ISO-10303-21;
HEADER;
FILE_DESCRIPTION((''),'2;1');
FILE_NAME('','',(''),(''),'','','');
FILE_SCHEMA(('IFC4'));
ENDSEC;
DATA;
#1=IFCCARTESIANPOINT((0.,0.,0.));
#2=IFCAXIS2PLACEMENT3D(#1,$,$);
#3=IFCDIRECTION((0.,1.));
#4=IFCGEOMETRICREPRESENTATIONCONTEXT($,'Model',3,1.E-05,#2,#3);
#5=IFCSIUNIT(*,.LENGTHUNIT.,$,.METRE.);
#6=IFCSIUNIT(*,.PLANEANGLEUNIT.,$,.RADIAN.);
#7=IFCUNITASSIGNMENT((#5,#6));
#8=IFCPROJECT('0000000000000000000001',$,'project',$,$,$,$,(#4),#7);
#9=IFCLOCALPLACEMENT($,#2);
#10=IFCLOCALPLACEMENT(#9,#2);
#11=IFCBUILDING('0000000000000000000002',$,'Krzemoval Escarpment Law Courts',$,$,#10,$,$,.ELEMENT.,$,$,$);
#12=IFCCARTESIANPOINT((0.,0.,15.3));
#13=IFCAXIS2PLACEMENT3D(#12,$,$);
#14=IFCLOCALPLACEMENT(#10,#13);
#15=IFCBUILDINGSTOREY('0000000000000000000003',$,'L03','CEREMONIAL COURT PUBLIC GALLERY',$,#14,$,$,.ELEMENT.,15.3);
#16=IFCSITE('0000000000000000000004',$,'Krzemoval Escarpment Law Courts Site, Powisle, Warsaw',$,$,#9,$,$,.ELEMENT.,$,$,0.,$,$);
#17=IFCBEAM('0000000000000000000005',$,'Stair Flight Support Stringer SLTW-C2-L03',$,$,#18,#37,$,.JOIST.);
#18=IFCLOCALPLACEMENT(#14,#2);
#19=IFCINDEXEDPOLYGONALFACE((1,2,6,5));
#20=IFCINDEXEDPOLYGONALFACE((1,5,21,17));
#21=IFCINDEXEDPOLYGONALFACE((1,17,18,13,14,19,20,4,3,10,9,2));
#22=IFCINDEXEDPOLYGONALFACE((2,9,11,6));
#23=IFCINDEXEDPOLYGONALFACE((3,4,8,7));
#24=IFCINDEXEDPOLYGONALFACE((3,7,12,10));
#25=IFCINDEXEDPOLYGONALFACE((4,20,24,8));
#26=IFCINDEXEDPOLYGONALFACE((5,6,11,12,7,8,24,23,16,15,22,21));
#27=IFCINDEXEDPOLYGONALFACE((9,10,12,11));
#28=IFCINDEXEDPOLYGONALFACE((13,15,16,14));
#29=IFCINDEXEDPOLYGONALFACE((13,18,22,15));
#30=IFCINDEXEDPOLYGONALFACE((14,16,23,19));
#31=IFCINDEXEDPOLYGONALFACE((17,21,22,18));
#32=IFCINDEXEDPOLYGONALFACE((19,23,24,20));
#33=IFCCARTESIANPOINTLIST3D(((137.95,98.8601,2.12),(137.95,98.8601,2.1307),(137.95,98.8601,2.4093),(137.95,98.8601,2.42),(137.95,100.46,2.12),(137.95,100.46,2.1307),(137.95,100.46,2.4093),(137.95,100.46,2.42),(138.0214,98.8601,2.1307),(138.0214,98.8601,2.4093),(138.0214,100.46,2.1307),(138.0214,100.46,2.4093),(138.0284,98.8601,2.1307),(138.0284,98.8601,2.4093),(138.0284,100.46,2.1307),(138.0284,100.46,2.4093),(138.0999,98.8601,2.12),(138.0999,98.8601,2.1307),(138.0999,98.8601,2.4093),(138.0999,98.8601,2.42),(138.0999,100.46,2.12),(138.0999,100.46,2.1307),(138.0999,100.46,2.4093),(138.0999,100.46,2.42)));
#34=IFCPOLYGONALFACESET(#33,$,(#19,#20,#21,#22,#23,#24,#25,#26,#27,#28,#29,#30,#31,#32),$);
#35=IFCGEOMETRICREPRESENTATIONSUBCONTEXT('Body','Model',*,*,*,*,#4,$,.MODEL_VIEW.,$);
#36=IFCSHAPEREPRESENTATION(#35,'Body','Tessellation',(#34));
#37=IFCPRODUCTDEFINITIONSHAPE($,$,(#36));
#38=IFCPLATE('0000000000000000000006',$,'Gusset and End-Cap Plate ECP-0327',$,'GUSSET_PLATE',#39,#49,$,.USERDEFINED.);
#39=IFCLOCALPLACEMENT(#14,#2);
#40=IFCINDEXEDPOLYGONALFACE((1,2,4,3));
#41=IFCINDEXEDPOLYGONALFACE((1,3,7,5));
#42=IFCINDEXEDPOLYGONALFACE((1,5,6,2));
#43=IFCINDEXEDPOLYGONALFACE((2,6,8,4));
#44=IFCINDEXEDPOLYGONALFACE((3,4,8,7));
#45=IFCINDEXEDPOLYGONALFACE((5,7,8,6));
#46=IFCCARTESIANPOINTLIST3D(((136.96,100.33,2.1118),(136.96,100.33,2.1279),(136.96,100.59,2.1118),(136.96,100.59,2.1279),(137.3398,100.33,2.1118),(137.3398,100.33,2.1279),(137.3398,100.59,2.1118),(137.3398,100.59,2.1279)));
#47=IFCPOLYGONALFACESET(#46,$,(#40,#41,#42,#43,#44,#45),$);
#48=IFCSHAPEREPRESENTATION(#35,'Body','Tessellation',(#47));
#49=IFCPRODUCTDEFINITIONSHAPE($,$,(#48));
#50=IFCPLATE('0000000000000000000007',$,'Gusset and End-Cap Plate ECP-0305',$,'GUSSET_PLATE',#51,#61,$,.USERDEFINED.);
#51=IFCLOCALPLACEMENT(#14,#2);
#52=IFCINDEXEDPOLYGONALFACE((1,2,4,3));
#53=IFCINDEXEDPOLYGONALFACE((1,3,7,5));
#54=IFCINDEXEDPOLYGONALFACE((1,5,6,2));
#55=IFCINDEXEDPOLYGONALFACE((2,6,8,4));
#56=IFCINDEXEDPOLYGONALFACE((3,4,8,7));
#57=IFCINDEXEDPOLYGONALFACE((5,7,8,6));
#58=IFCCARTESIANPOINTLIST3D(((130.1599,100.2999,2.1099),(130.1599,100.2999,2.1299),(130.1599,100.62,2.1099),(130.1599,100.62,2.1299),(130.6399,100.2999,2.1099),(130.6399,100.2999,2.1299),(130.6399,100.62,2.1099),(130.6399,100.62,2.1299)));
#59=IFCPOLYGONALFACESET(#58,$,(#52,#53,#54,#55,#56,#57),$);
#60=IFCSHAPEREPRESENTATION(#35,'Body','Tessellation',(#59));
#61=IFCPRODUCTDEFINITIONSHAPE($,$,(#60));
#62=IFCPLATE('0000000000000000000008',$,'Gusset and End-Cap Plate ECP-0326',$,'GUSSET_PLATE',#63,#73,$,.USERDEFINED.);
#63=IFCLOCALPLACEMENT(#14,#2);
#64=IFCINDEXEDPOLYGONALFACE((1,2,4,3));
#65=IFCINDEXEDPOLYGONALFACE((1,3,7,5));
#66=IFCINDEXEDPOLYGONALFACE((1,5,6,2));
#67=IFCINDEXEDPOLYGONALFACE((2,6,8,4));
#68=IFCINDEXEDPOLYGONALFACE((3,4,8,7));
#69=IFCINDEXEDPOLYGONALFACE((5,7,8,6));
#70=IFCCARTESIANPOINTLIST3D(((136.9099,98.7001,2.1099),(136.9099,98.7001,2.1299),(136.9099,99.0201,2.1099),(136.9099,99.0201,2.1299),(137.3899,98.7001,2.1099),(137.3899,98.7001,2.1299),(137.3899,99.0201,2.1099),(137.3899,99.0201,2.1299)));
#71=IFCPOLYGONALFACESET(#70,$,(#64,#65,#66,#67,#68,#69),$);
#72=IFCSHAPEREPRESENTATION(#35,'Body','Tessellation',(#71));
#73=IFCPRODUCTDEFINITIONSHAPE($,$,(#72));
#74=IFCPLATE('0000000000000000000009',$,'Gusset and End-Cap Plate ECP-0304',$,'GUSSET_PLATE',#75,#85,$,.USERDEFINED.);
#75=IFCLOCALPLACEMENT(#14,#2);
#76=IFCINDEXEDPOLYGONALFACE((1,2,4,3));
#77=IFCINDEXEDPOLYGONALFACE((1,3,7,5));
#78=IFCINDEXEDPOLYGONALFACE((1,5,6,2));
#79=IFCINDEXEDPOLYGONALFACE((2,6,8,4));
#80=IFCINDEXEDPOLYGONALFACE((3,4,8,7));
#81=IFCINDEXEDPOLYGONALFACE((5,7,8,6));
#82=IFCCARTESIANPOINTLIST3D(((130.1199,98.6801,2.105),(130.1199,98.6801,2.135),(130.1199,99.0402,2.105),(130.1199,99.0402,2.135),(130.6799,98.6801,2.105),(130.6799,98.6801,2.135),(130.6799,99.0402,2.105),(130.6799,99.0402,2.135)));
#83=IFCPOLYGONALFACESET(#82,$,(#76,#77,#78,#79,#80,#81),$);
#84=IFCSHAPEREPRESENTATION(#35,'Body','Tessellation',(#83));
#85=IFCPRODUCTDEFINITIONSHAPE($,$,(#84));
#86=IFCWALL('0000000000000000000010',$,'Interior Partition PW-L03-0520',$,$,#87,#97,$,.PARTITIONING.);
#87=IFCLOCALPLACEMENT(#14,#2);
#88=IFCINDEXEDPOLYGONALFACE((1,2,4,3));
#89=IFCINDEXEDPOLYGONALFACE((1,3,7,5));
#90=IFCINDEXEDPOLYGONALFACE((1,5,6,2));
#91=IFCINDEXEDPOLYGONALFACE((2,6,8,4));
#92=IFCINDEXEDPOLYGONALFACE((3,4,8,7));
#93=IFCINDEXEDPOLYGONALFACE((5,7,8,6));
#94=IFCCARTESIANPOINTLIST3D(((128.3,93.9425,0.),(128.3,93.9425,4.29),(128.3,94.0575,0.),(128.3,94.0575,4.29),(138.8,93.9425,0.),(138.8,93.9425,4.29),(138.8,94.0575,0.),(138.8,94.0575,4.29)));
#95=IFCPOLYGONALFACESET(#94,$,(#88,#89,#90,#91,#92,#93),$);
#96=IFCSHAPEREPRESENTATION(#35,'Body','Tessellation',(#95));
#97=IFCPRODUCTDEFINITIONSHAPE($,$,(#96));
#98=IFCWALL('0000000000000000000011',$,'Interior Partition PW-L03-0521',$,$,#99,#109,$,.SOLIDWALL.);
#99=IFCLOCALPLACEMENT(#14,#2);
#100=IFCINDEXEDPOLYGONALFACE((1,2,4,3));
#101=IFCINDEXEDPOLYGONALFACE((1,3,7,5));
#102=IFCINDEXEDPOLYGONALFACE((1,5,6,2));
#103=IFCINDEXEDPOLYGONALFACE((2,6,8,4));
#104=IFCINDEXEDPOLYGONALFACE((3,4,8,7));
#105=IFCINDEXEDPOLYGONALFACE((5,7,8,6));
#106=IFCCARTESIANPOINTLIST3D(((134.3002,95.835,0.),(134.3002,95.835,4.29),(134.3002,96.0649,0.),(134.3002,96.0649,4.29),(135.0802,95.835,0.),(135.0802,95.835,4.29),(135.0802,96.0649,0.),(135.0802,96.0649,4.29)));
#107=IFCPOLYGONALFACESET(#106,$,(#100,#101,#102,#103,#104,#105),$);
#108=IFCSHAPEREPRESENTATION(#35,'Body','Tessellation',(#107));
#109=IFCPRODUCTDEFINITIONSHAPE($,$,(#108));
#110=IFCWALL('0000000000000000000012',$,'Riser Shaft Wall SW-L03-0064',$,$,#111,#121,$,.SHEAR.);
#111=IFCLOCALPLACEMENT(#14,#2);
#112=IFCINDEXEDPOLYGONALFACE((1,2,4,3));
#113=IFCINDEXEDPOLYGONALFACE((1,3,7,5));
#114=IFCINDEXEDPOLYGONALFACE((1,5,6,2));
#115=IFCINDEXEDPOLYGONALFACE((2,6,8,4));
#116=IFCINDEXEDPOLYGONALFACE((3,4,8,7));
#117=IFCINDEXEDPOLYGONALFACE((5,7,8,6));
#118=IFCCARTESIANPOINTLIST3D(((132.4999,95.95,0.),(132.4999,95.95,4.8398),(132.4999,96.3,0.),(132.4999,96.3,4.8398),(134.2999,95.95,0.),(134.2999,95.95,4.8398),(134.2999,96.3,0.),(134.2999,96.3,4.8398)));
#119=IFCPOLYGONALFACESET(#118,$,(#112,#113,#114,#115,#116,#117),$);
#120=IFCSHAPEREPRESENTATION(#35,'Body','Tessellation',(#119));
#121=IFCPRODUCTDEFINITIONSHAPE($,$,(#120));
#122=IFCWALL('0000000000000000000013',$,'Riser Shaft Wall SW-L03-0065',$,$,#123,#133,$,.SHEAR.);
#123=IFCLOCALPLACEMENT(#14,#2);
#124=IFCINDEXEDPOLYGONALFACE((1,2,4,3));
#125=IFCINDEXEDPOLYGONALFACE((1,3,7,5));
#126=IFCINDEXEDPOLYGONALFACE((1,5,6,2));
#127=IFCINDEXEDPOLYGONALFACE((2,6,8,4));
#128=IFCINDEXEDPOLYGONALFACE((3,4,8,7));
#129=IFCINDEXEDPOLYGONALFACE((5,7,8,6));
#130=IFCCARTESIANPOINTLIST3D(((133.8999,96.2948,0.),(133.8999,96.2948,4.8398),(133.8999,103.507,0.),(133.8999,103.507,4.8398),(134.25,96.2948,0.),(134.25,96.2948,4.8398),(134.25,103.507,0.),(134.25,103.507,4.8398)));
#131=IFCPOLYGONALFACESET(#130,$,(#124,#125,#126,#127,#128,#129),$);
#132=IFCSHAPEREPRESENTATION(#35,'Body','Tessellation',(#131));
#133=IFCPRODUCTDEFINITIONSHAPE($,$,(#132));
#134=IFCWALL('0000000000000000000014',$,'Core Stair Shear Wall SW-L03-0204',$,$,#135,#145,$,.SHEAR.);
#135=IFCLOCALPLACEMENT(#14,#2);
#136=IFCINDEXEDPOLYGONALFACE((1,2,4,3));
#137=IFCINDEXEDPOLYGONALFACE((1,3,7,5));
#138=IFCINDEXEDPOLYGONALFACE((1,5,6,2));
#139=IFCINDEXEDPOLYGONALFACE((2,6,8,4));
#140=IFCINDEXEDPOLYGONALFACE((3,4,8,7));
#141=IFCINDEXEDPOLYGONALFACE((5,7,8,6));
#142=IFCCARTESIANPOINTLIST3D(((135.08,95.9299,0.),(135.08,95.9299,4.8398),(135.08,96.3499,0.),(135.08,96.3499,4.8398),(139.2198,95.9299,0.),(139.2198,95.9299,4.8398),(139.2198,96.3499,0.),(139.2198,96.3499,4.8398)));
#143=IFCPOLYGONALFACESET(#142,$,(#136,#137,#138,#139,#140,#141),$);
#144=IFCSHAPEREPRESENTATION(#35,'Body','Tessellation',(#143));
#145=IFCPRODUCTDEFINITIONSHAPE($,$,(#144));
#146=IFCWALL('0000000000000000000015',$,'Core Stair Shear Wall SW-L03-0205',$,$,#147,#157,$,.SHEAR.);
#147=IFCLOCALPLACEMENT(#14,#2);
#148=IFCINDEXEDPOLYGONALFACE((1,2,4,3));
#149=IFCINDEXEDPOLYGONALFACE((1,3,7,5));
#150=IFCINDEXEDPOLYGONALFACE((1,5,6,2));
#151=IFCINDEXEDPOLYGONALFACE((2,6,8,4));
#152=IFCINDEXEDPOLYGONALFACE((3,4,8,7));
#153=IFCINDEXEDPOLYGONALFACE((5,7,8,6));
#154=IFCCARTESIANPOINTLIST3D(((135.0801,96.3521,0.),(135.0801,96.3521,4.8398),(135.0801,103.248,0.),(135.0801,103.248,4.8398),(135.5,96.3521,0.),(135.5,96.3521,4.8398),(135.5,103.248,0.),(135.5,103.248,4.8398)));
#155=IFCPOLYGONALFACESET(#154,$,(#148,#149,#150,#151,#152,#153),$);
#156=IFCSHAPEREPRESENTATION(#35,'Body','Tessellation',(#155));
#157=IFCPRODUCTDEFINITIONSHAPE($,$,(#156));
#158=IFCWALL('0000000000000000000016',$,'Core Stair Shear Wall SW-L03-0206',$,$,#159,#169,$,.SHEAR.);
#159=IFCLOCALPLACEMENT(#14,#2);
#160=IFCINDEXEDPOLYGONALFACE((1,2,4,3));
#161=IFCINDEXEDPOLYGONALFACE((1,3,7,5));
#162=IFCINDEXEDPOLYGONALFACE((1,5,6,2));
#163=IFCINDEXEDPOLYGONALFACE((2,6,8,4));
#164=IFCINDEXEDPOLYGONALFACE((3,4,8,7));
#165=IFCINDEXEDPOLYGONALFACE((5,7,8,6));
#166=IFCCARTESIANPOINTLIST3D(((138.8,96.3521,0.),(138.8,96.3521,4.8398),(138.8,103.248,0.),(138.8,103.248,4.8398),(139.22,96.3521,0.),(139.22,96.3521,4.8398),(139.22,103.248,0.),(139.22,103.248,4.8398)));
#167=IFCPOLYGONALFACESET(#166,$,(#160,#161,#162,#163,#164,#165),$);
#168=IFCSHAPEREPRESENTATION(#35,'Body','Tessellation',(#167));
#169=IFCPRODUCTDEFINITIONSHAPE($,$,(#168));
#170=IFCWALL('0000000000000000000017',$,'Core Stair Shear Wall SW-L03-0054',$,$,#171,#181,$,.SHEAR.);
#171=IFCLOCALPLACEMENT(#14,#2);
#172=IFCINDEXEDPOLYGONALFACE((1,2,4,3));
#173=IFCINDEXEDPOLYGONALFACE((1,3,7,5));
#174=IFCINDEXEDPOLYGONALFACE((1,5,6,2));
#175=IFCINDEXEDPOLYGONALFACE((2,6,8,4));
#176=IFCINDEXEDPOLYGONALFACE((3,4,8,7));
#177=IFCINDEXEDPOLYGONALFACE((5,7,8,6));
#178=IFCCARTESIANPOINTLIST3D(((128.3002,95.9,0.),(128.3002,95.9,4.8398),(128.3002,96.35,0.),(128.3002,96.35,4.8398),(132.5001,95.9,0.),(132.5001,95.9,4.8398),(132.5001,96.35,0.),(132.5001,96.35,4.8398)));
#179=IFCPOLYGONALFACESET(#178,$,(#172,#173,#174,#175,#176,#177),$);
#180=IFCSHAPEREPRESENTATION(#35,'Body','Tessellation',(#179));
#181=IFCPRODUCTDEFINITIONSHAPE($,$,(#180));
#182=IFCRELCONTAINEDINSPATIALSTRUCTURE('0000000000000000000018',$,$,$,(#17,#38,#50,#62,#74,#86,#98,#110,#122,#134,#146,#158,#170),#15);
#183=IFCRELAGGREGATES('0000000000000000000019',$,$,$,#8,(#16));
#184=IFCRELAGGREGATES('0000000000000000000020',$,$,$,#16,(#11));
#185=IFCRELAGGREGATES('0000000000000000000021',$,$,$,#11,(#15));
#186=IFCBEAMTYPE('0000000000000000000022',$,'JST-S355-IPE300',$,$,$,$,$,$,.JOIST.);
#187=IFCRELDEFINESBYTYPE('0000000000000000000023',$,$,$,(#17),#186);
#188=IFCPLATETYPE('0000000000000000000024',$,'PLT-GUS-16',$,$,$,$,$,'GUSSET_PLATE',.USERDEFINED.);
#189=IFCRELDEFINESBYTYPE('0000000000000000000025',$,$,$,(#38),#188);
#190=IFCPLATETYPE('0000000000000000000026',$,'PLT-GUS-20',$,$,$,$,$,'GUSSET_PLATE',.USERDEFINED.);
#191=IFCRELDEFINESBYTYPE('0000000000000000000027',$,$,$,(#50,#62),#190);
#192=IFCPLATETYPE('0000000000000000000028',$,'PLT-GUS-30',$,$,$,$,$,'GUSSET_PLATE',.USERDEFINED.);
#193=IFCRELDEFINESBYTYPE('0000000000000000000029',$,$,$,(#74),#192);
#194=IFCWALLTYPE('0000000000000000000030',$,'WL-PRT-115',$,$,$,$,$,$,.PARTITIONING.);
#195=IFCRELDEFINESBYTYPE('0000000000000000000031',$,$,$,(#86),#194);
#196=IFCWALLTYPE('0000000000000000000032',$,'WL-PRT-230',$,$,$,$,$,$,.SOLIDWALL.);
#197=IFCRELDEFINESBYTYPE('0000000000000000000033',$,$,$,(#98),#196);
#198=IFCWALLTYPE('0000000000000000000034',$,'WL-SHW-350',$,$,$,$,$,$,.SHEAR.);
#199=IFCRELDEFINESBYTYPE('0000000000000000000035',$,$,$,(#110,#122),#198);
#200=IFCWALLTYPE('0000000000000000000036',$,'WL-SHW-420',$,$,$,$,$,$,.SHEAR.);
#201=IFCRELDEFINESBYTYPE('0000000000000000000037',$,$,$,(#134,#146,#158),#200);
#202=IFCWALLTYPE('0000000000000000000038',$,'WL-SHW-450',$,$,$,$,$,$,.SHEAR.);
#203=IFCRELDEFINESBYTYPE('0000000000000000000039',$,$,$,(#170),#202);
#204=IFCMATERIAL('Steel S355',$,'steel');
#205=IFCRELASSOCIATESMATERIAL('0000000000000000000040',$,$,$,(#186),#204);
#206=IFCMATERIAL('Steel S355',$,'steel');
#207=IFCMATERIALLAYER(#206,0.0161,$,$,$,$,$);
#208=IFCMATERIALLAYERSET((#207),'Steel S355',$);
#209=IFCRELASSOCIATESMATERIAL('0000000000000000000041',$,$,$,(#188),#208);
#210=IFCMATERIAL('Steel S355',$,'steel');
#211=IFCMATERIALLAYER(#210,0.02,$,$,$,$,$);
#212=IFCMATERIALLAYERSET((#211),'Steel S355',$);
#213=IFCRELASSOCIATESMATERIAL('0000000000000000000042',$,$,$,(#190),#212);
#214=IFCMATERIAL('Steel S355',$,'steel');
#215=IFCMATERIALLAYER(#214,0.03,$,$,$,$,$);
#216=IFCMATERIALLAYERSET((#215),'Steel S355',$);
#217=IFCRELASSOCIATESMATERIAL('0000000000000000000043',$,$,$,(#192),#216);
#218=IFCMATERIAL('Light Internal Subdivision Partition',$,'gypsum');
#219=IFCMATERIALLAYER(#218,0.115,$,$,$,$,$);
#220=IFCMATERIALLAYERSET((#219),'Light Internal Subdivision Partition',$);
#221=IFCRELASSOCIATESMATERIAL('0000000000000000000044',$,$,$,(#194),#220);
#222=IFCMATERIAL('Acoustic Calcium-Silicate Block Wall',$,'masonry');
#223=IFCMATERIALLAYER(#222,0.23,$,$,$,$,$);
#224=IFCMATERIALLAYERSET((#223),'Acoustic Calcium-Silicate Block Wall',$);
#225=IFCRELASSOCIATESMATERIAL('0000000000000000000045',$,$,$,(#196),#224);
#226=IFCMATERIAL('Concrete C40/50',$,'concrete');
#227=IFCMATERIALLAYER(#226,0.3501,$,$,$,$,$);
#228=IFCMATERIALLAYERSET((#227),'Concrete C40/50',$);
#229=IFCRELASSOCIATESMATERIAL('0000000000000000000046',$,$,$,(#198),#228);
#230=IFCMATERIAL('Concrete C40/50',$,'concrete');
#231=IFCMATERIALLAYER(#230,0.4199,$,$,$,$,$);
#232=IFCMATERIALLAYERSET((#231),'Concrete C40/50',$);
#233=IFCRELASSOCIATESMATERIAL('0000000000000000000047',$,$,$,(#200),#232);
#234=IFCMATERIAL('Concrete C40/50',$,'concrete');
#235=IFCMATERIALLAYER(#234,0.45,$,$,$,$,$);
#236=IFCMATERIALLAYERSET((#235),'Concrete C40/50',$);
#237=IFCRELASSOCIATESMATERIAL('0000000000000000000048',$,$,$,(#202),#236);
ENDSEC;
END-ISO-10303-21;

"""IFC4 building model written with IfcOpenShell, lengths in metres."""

from ifc_helpers import new_model, si_unit, direction, frame, frame_2d, origin, origin_2d, place, context, subcontext, project, spatial, rectangle, i_section, extrude, material, layer, layer_set, material_profile, profile_set, type_object, element, save


model = new_model("IFC4")

# Units and contexts
model_context = context("Model", 3, precision=1e-05, world=origin(), true_north=direction((0.0, 1.0)))
body_context = subcontext(model_context, "Body", "Model", "MODEL_VIEW")
ifc_project = project(units=[si_unit("LENGTHUNIT", "METRE"), si_unit("PLANEANGLEUNIT", "RADIAN")], contexts=[model_context])

# Site, building, storey
site_placement = place(None, origin())
site = spatial("IfcSite", under=ifc_project, at=site_placement, Name="Krzemoval Escarpment Law Courts Site, Powisle, Warsaw", CompositionType="ELEMENT", RefElevation=0.0)
building_placement = place(site_placement, origin())
building = spatial("IfcBuilding", under=site, at=building_placement, Name="Krzemoval Escarpment Law Courts", CompositionType="ELEMENT")
storey_placement = place(building_placement, frame((0.0, 0.0, 15.3)))
storey = spatial("IfcBuildingStorey", under=building, at=storey_placement, Name="L03", Description="CEREMONIAL COURT PUBLIC GALLERY", CompositionType="ELEMENT", Elevation=15.3)

# Beam
ifc_material_1 = material(Name="Steel S355", Category="steel")
ifc_material_profile_1 = material_profile(ifc_material_1, i_section(OverallWidth=0.1499, OverallDepth=0.3, WebThickness=0.0071, FlangeThickness=0.0107, at=origin_2d()), Name="IPE 300")
ifc_profile_set_1 = profile_set([ifc_material_profile_1], Name="Steel S355")
beam_type_1 = type_object("IfcBeamType", Name="JST-S355-IPE300", PredefinedType="JOIST", material=ifc_profile_set_1)
beam_1_placement = place(storey_placement, frame((138.0249, 98.8601, 2.27), z_axis=(0.0, 1.0, 0.0), x_axis=(-1.0, 0.0, 0.0)))
element("IfcBeam", 1, at=beam_1_placement, inside=storey, type_object=beam_type_1, Name="Stair Flight Support Stringer SLTW-C2-L03", PredefinedType="JOIST", context=body_context, shape_type="SweptSolid", body=[
    extrude(i_section(OverallWidth=0.1499, OverallDepth=0.3, WebThickness=0.0071, FlangeThickness=0.0107, at=origin_2d()), origin(), (0.0, 0.0, 1.0), 1.5999),
])

# Plates
ifc_material_2 = material(Name="Steel S355", Category="steel")
ifc_layer_1 = layer(ifc_material_2, 0.0161)
ifc_layer_set_1 = layer_set([ifc_layer_1], Name="Steel S355")
plate_type_1 = type_object("IfcPlateType", Name="PLT-GUS-16", ElementType="GUSSET_PLATE", PredefinedType="USERDEFINED", material=ifc_layer_set_1)
plate_1_placement = place(storey_placement, frame((137.1499, 100.46, 2.1118), z_axis=(0.0, 0.0, 1.0), x_axis=(1.0, 0.0, 0.0)))
element("IfcPlate", 2, at=plate_1_placement, inside=storey, type_object=plate_type_1, Name="Gusset and End-Cap Plate ECP-0327", ObjectType="GUSSET_PLATE", PredefinedType="USERDEFINED", context=body_context, shape_type="SweptSolid", body=[
    extrude(rectangle(XDim=0.3799, YDim=0.26, at=origin_2d()), origin(), (0.0, 0.0, 1.0), 0.0161),
])
ifc_material_3 = material(Name="Steel S355", Category="steel")
ifc_layer_2 = layer(ifc_material_3, 0.02)
ifc_layer_set_2 = layer_set([ifc_layer_2], Name="Steel S355")
plate_type_2 = type_object("IfcPlateType", Name="PLT-GUS-20", ElementType="GUSSET_PLATE", PredefinedType="USERDEFINED", material=ifc_layer_set_2)
for number, where, z_axis, x_axis, name in (
    (3, (130.3999, 100.46, 2.1099), (0.0, 0.0, 1.0), (1.0, 0.0, 0.0), "Gusset and End-Cap Plate ECP-0305"),
    (4, (137.1499, 98.8601, 2.1099), (0.0, 0.0, 1.0), (1.0, 0.0, 0.0), "Gusset and End-Cap Plate ECP-0326"),
):
    element("IfcPlate", number, at=place(storey_placement, frame(where, z_axis=z_axis, x_axis=x_axis)), inside=storey, type_object=plate_type_2, Name=name, ObjectType="GUSSET_PLATE", PredefinedType="USERDEFINED", context=body_context, shape_type="SweptSolid", body=[
        extrude(rectangle(XDim=0.48, YDim=0.3201, at=origin_2d()), origin(), (0.0, 0.0, 1.0), 0.02),
    ])
ifc_material_4 = material(Name="Steel S355", Category="steel")
ifc_layer_3 = layer(ifc_material_4, 0.03)
ifc_layer_set_3 = layer_set([ifc_layer_3], Name="Steel S355")
plate_type_3 = type_object("IfcPlateType", Name="PLT-GUS-30", ElementType="GUSSET_PLATE", PredefinedType="USERDEFINED", material=ifc_layer_set_3)
plate_2_placement = place(storey_placement, frame((130.3999, 98.8601, 2.105), z_axis=(0.0, 0.0, 1.0), x_axis=(1.0, 0.0, 0.0)))
element("IfcPlate", 5, at=plate_2_placement, inside=storey, type_object=plate_type_3, Name="Gusset and End-Cap Plate ECP-0304", ObjectType="GUSSET_PLATE", PredefinedType="USERDEFINED", context=body_context, shape_type="SweptSolid", body=[
    extrude(rectangle(XDim=0.5601, YDim=0.3601, at=origin_2d()), origin(), (0.0, 0.0, 1.0), 0.03),
])

# Walls
ifc_material_5 = material(Name="Light Internal Subdivision Partition", Category="gypsum")
ifc_layer_4 = layer(ifc_material_5, 0.115)
ifc_layer_set_4 = layer_set([ifc_layer_4], Name="Light Internal Subdivision Partition")
wall_type_1 = type_object("IfcWallType", Name="WL-PRT-115", PredefinedType="PARTITIONING", material=ifc_layer_set_4)
wall_1_placement = place(storey_placement, frame((128.3, 94.0, 0.0), z_axis=(0.0, 0.0, 1.0), x_axis=(1.0, 0.0, 0.0)))
element("IfcWall", 6, at=wall_1_placement, inside=storey, type_object=wall_type_1, Name="Interior Partition PW-L03-0520", PredefinedType="PARTITIONING", context=body_context, shape_type="SweptSolid", body=[
    extrude(rectangle(XDim=10.5, YDim=0.115, at=frame_2d((5.25, 0.0))), origin(), (0.0, 0.0, 1.0), 4.29),
])
ifc_material_6 = material(Name="Acoustic Calcium-Silicate Block Wall", Category="masonry")
ifc_layer_5 = layer(ifc_material_6, 0.23)
ifc_layer_set_5 = layer_set([ifc_layer_5], Name="Acoustic Calcium-Silicate Block Wall")
wall_type_2 = type_object("IfcWallType", Name="WL-PRT-230", PredefinedType="SOLIDWALL", material=ifc_layer_set_5)
wall_2_placement = place(storey_placement, frame((134.3, 95.95, 0.0), z_axis=(0.0, 0.0, 1.0), x_axis=(1.0, 0.0, 0.0)))
element("IfcWall", 7, at=wall_2_placement, inside=storey, type_object=wall_type_2, Name="Interior Partition PW-L03-0521", PredefinedType="SOLIDWALL", context=body_context, shape_type="SweptSolid", body=[
    extrude(rectangle(XDim=0.78, YDim=0.23, at=frame_2d((0.3901, 0.0))), origin(), (0.0, 0.0, 1.0), 4.29),
])
ifc_material_7 = material(Name="Concrete C40/50", Category="concrete")
ifc_layer_6 = layer(ifc_material_7, 0.3501)
ifc_layer_set_6 = layer_set([ifc_layer_6], Name="Concrete C40/50")
wall_type_3 = type_object("IfcWallType", Name="WL-SHW-350", PredefinedType="SHEAR", material=ifc_layer_set_6)
wall_3_placement = place(storey_placement, frame((132.5, 96.125, 0.0), z_axis=(0.0, 0.0, 1.0), x_axis=(1.0, 0.0, 0.0)))
element("IfcWall", 8, at=wall_3_placement, inside=storey, type_object=wall_type_3, Name="Riser Shaft Wall SW-L03-0064", PredefinedType="SHEAR", context=body_context, shape_type="SweptSolid", body=[
    extrude(rectangle(XDim=1.8, YDim=0.3501, at=frame_2d((0.8999, 0.0))), origin(), (0.0, 0.0, 1.0), 4.8398),
])
wall_4_placement = place(storey_placement, frame((134.075, 96.2949, 0.0), z_axis=(0.0, 0.0, 1.0), x_axis=(0.0, 1.0, 0.0)))
element("IfcWall", 9, at=wall_4_placement, inside=storey, type_object=wall_type_3, Name="Riser Shaft Wall SW-L03-0065", PredefinedType="SHEAR", context=body_context, shape_type="SweptSolid", body=[
    extrude(rectangle(XDim=7.2122, YDim=0.3501, at=frame_2d((3.606, 0.0))), origin(), (0.0, 0.0, 1.0), 4.8398),
])
ifc_material_8 = material(Name="Concrete C40/50", Category="concrete")
ifc_layer_7 = layer(ifc_material_8, 0.4199)
ifc_layer_set_7 = layer_set([ifc_layer_7], Name="Concrete C40/50")
wall_type_4 = type_object("IfcWallType", Name="WL-SHW-420", PredefinedType="SHEAR", material=ifc_layer_set_7)
wall_5_placement = place(storey_placement, frame((135.0801, 96.1399, 0.0), z_axis=(0.0, 0.0, 1.0), x_axis=(1.0, 0.0, 0.0)))
element("IfcWall", 10, at=wall_5_placement, inside=storey, type_object=wall_type_4, Name="Core Stair Shear Wall SW-L03-0204", PredefinedType="SHEAR", context=body_context, shape_type="SweptSolid", body=[
    extrude(rectangle(XDim=4.1399, YDim=0.4199, at=frame_2d((2.0698, 0.0))), origin(), (0.0, 0.0, 1.0), 4.8398),
])
for number, where, z_axis, x_axis, name in (
    (11, (135.29, 96.3521, 0.0), (0.0, 0.0, 1.0), (0.0, 1.0, 0.0), "Core Stair Shear Wall SW-L03-0205"),
    (12, (139.01, 96.3521, 0.0), (0.0, 0.0, 1.0), (0.0, 1.0, 0.0), "Core Stair Shear Wall SW-L03-0206"),
):
    element("IfcWall", number, at=place(storey_placement, frame(where, z_axis=z_axis, x_axis=x_axis)), inside=storey, type_object=wall_type_4, Name=name, PredefinedType="SHEAR", context=body_context, shape_type="SweptSolid", body=[
        extrude(rectangle(XDim=6.896, YDim=0.4199, at=frame_2d((3.448, 0.0))), origin(), (0.0, 0.0, 1.0), 4.8398),
    ])
ifc_material_9 = material(Name="Concrete C40/50", Category="concrete")
ifc_layer_8 = layer(ifc_material_9, 0.45)
ifc_layer_set_8 = layer_set([ifc_layer_8], Name="Concrete C40/50")
wall_type_5 = type_object("IfcWallType", Name="WL-SHW-450", PredefinedType="SHEAR", material=ifc_layer_set_8)
wall_6_placement = place(storey_placement, frame((128.3, 96.125, 0.0), z_axis=(0.0, 0.0, 1.0), x_axis=(1.0, 0.0, 0.0)))
element("IfcWall", 13, at=wall_6_placement, inside=storey, type_object=wall_type_5, Name="Core Stair Shear Wall SW-L03-0054", PredefinedType="SHEAR", context=body_context, shape_type="SweptSolid", body=[
    extrude(rectangle(XDim=4.2, YDim=0.45, at=frame_2d((2.1001, 0.0))), origin(), (0.0, 0.0, 1.0), 4.8398),
])

save(model, "model.ifc")
